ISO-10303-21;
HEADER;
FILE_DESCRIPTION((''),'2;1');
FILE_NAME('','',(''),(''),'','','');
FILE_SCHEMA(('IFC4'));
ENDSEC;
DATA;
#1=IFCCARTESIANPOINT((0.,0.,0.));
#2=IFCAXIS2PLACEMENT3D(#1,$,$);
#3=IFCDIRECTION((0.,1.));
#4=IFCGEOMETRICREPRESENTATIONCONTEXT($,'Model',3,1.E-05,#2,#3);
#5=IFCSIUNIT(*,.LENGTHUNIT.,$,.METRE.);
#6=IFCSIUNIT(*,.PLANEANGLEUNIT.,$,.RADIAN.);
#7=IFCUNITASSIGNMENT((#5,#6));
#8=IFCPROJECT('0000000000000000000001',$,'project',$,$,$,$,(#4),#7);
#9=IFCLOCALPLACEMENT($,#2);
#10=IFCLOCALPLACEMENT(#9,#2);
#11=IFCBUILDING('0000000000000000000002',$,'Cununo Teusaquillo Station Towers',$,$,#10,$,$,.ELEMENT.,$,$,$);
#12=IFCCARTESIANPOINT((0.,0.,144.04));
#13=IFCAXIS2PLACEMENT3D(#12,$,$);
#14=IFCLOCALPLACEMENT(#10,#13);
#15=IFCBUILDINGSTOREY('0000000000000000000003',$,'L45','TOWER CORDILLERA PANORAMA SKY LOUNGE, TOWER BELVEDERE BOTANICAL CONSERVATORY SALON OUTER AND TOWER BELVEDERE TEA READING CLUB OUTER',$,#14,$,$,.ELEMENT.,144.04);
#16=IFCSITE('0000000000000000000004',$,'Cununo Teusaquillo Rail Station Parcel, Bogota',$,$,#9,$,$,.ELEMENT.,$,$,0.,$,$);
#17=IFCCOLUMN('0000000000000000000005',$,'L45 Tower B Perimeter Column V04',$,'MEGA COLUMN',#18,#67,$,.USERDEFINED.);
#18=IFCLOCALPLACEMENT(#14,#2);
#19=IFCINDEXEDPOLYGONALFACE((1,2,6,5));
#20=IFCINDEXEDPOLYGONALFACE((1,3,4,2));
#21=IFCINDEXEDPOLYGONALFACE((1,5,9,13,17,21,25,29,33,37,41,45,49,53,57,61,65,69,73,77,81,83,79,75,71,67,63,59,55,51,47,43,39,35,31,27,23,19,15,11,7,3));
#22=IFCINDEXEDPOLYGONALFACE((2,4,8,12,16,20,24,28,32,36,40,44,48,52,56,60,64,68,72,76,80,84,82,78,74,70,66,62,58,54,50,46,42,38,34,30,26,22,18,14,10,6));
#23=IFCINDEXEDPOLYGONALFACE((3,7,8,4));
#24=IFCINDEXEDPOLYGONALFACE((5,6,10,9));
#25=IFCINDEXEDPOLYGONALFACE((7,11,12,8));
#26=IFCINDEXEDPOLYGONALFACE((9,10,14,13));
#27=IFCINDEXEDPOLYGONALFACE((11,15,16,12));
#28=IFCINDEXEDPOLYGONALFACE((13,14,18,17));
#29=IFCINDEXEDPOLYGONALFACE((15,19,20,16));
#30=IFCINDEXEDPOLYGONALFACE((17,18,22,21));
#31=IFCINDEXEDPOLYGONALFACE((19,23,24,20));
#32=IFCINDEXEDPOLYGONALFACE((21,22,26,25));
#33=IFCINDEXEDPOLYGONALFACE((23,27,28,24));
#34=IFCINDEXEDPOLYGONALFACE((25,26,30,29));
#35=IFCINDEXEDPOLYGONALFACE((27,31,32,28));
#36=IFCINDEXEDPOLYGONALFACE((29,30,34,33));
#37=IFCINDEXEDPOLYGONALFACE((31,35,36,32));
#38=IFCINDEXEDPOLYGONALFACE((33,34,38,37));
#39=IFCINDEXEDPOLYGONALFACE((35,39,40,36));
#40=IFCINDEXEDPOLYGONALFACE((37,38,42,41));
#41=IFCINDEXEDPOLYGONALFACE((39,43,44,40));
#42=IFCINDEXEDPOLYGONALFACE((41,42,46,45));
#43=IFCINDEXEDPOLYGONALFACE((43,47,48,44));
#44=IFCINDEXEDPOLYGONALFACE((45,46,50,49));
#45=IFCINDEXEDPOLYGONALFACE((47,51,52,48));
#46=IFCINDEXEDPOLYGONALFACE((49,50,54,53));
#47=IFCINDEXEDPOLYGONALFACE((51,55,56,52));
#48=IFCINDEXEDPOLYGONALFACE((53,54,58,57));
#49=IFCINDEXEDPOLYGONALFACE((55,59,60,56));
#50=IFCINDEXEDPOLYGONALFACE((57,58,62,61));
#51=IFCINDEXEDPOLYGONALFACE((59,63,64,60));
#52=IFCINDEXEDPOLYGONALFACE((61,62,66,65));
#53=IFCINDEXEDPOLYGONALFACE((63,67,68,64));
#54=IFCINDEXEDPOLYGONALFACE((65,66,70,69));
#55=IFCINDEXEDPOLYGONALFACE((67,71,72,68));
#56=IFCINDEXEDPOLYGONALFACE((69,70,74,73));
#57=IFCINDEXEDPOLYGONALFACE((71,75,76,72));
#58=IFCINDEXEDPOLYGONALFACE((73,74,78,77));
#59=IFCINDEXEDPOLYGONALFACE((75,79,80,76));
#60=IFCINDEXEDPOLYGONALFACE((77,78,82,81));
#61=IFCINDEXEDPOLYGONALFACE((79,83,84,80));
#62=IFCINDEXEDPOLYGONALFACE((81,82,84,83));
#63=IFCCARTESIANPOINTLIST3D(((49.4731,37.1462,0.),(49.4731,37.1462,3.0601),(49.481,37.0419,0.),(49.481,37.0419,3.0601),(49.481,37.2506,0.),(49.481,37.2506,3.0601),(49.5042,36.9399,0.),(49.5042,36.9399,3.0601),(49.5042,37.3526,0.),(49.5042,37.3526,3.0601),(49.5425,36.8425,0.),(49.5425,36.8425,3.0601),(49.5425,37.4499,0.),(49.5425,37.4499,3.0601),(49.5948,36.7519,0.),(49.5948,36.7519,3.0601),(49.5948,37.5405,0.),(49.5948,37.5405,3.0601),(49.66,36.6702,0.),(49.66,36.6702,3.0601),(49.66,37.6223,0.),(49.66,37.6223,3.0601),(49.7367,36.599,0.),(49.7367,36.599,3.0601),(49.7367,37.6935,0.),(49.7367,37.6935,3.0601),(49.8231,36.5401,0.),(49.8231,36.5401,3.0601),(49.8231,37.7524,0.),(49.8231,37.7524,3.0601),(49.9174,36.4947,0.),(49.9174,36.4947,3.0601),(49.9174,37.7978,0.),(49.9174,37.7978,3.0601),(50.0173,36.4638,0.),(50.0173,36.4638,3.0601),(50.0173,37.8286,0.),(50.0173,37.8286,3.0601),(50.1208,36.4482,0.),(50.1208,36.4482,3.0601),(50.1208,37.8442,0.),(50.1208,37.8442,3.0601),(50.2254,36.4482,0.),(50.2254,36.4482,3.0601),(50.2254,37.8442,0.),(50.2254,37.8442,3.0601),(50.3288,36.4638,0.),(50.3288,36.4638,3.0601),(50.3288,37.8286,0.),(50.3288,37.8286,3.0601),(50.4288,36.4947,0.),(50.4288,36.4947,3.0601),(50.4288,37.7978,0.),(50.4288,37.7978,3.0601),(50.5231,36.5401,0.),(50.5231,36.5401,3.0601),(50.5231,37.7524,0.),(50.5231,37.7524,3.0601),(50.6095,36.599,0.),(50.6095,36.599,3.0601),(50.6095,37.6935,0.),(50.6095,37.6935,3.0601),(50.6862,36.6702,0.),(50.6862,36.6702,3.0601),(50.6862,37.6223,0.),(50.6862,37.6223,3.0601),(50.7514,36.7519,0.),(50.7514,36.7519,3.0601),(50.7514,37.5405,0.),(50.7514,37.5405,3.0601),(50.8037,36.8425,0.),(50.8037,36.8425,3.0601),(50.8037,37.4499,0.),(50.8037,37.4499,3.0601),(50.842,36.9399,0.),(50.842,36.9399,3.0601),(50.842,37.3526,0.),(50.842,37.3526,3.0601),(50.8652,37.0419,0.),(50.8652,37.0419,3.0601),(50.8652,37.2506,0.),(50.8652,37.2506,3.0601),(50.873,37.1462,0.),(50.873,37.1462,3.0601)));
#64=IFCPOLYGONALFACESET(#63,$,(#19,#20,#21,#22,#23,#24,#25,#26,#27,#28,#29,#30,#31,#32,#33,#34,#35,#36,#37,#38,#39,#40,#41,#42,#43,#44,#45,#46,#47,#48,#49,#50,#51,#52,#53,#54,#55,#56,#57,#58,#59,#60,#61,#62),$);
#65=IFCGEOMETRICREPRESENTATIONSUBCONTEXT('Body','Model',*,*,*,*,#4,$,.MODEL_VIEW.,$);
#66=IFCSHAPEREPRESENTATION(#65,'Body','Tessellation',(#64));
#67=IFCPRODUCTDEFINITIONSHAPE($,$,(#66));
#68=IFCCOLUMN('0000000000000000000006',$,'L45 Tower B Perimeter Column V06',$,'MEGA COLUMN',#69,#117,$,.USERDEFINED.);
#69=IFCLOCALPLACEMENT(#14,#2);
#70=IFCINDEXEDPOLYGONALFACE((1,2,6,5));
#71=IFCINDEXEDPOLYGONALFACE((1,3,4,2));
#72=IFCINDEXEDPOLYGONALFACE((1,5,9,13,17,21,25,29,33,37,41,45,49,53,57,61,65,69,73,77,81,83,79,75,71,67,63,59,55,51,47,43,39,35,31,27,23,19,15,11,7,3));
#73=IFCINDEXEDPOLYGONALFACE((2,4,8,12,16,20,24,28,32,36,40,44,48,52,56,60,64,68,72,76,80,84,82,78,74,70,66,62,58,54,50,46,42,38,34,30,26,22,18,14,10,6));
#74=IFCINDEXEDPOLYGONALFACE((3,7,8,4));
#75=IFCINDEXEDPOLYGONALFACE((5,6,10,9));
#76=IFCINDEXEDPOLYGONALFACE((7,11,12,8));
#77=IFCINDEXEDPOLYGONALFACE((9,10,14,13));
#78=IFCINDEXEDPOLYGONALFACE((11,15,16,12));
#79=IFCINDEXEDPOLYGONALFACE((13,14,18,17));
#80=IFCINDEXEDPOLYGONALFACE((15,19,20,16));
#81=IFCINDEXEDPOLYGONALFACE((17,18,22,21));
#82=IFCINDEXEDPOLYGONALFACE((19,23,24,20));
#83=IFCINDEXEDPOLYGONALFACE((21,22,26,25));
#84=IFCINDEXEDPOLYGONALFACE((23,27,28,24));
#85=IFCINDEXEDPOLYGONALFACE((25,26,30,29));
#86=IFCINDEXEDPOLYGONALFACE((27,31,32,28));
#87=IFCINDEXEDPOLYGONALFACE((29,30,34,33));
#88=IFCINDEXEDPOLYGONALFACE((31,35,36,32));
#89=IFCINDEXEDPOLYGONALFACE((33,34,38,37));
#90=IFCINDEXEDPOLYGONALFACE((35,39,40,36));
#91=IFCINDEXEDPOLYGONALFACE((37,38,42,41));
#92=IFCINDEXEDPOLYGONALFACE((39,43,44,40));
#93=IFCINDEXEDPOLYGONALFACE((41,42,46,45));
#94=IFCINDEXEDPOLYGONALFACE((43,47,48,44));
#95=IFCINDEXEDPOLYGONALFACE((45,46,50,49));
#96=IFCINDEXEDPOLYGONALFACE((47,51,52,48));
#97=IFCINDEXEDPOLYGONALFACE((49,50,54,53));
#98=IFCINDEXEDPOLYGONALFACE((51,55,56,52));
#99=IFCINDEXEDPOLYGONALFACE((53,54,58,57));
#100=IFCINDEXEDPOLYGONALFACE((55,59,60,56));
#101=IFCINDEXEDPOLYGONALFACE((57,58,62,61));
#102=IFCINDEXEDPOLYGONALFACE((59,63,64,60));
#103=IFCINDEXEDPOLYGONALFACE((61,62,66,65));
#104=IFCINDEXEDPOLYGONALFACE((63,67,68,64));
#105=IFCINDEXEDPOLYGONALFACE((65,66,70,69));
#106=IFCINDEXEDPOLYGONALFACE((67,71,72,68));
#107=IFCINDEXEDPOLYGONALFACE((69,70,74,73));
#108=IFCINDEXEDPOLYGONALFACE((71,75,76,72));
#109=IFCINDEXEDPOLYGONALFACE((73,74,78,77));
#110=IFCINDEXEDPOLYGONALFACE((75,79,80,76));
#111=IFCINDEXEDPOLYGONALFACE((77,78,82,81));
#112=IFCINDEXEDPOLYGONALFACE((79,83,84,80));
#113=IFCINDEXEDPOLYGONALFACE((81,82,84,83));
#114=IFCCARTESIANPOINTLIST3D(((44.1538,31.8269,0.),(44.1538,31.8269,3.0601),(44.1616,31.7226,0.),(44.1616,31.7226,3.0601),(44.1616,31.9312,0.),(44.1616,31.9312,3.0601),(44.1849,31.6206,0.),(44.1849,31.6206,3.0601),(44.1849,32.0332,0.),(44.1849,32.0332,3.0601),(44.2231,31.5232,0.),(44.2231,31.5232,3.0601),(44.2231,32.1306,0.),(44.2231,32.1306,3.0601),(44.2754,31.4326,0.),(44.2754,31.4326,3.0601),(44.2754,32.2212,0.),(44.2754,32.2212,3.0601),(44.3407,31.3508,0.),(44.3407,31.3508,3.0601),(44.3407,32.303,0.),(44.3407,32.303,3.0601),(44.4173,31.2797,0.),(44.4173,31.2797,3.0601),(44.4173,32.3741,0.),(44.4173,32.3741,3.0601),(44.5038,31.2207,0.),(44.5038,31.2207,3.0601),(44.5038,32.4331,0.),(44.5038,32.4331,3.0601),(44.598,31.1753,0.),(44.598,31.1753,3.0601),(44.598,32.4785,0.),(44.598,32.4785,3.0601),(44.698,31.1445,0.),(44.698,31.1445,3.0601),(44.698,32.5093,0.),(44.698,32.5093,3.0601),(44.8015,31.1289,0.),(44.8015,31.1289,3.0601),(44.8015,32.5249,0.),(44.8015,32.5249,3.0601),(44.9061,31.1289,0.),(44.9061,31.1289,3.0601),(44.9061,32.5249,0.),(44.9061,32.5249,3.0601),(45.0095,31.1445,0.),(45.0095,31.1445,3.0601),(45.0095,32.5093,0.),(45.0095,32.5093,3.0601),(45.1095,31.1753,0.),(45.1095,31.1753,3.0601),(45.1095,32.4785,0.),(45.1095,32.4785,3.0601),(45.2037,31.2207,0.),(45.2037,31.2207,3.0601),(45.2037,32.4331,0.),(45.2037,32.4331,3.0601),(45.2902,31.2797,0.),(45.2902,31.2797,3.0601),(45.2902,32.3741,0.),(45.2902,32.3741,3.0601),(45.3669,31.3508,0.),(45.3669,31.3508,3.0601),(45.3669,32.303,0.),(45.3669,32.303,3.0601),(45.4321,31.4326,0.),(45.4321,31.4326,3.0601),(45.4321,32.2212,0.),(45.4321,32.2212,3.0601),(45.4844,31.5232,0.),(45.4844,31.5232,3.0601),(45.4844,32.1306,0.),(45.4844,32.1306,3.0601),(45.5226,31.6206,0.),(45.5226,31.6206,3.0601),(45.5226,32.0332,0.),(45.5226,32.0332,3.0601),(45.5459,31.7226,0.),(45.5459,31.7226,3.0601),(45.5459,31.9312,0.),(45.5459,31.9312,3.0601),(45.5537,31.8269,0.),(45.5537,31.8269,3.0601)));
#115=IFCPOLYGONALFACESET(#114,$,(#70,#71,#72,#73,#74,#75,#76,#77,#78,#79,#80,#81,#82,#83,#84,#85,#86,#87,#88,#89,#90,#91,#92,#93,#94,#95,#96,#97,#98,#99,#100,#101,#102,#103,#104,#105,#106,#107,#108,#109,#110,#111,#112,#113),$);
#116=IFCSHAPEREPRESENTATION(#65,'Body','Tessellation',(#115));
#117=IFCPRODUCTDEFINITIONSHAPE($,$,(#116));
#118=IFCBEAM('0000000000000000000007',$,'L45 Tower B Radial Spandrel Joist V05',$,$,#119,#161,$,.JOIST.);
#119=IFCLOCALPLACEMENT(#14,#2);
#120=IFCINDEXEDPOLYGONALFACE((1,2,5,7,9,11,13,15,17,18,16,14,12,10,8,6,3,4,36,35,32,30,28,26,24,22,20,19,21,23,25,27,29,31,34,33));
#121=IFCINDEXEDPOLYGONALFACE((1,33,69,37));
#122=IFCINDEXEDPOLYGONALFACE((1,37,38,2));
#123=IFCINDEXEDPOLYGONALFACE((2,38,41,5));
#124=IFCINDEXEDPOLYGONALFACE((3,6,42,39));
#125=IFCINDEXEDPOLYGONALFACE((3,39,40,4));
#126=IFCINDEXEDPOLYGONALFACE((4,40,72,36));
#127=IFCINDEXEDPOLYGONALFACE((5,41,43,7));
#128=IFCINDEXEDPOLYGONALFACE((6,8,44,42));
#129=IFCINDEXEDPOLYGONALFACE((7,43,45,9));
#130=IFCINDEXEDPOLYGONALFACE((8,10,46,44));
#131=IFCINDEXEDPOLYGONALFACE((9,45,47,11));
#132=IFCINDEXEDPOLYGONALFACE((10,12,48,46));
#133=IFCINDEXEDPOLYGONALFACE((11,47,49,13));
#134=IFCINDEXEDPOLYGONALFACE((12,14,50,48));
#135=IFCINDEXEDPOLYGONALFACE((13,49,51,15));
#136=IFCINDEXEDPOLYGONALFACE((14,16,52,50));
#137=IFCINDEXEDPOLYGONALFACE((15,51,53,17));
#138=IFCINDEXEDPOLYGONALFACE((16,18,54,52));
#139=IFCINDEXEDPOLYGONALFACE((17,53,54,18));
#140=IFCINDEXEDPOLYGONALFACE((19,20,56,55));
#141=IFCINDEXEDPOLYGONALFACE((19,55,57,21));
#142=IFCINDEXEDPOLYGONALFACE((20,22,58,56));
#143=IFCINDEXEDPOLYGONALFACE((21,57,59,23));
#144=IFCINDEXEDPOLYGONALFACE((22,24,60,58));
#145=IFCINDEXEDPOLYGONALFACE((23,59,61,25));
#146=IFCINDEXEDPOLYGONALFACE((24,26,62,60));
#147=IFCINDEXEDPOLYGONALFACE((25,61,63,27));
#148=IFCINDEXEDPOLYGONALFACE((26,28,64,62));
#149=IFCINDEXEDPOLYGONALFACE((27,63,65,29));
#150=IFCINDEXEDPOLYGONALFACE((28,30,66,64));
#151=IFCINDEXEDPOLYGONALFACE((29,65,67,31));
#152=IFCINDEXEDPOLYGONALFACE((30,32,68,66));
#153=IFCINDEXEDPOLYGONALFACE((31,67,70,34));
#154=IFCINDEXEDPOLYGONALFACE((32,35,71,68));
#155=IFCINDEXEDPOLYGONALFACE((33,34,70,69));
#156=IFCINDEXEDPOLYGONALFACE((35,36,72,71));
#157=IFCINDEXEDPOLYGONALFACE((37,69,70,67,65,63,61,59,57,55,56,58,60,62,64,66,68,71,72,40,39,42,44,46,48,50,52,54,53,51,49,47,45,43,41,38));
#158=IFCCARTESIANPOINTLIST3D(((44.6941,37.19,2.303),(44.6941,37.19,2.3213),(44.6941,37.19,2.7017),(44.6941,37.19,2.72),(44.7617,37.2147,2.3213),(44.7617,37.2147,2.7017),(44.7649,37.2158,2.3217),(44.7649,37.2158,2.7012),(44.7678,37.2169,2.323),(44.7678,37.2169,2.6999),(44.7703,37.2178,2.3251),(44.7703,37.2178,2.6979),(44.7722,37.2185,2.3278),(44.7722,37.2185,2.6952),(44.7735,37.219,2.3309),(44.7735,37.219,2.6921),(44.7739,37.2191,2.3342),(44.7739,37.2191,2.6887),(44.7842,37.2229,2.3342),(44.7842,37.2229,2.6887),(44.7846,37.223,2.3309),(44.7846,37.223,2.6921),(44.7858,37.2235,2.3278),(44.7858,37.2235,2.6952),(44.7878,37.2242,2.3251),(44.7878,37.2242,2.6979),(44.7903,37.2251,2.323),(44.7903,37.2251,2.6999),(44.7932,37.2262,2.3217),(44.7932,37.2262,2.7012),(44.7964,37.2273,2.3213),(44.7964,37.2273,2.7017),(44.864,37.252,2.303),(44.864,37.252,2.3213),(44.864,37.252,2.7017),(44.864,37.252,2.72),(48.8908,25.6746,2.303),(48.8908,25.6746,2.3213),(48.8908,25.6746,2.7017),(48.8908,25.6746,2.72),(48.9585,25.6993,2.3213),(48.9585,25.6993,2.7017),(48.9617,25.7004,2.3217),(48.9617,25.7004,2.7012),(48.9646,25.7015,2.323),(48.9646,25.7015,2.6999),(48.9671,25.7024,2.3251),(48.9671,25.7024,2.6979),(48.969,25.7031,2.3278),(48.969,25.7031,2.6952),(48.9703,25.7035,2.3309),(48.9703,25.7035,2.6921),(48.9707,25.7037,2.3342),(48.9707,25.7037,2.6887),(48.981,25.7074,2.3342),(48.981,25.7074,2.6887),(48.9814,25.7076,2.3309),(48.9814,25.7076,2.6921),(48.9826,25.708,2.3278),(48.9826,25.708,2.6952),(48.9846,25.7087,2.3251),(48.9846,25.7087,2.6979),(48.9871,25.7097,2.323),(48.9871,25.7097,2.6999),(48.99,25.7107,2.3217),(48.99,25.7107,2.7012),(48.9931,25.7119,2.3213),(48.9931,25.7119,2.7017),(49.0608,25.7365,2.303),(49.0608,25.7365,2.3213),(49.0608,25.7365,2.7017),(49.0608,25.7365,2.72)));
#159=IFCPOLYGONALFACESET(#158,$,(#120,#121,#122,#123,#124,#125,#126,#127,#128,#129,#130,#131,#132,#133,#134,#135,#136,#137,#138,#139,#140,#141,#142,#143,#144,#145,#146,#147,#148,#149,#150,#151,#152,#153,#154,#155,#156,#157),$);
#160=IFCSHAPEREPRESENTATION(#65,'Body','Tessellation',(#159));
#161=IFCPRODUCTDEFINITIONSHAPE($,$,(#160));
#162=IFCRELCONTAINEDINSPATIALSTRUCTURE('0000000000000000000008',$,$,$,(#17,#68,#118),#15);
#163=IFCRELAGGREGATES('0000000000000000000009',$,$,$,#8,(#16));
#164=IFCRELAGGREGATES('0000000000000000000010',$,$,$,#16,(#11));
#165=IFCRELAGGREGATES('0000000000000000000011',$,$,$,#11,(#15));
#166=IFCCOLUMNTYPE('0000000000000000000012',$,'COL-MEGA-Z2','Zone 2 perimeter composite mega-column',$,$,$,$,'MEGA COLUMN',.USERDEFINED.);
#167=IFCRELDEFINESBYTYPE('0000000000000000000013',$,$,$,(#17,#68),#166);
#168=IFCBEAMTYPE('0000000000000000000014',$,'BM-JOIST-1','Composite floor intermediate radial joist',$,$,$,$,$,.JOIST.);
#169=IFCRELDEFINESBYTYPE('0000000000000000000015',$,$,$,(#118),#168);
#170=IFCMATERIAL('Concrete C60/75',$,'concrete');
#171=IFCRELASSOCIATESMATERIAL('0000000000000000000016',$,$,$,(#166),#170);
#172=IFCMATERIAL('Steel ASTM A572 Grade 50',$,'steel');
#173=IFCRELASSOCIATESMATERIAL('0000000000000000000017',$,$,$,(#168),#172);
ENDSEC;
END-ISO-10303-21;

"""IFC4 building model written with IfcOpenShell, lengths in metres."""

from ifc_helpers import new_model, si_unit, direction, frame, origin, origin_2d, place, context, subcontext, project, spatial, circle, i_section, extrude, material, material_profile, profile_set, type_object, element, save


model = new_model("IFC4")

# Units and contexts
model_context = context("Model", 3, precision=1e-05, world=origin(), true_north=direction((0.0, 1.0)))
body_context = subcontext(model_context, "Body", "Model", "MODEL_VIEW")
ifc_project = project(units=[si_unit("LENGTHUNIT", "METRE"), si_unit("PLANEANGLEUNIT", "RADIAN")], contexts=[model_context])

# Site, building, storey
site_placement = place(None, origin())
site = spatial("IfcSite", under=ifc_project, at=site_placement, Name="Cununo Teusaquillo Rail Station Parcel, Bogota", CompositionType="ELEMENT", RefElevation=0.0)
building_placement = place(site_placement, origin())
building = spatial("IfcBuilding", under=site, at=building_placement, Name="Cununo Teusaquillo Station Towers", CompositionType="ELEMENT")
storey_placement = place(building_placement, frame((0.0, 0.0, 144.04)))
storey = spatial("IfcBuildingStorey", under=building, at=storey_placement, Name="L45", Description="TOWER CORDILLERA PANORAMA SKY LOUNGE, TOWER BELVEDERE BOTANICAL CONSERVATORY SALON OUTER AND TOWER BELVEDERE TEA READING CLUB OUTER", CompositionType="ELEMENT", Elevation=144.04)

# Columns
ifc_material_1 = material(Name="Concrete C60/75", Category="concrete")
ifc_material_profile_1 = material_profile(ifc_material_1, circle(Radius=0.7, at=origin_2d()), Name="RC-CIRC-1400")
ifc_profile_set_1 = profile_set([ifc_material_profile_1], Name="Concrete C60/75")
column_type = type_object("IfcColumnType", Name="COL-MEGA-Z2", Description="Zone 2 perimeter composite mega-column", ElementType="MEGA COLUMN", PredefinedType="USERDEFINED", material=ifc_profile_set_1)
for number, where, z_axis, x_axis, name in (
    (1, (50.1731, 37.1462, 0.0), (0.0, 0.0, 1.0), (1.0, 0.0, 0.0), "L45 Tower B Perimeter Column V04"),
    (2, (44.8538, 31.8269, 0.0), (0.0, 0.0, 1.0), (1.0, 0.0, 0.0), "L45 Tower B Perimeter Column V06"),
):
    element("IfcColumn", number, at=place(storey_placement, frame(where, z_axis=z_axis, x_axis=x_axis)), inside=storey, type_object=column_type, Name=name, ObjectType="MEGA COLUMN", PredefinedType="USERDEFINED", context=body_context, shape_type="SweptSolid", body=[
        extrude(circle(Radius=0.7, at=origin_2d()), origin(), (0.0, 0.0, 1.0), 3.0601),
    ])

# Beam
ifc_material_2 = material(Name="Steel ASTM A572 Grade 50", Category="steel")
ifc_material_profile_2 = material_profile(ifc_material_2, i_section(OverallWidth=0.1809, OverallDepth=0.417, WebThickness=0.011, FlangeThickness=0.0183, FilletRadius=0.0129, at=origin_2d()), Name="W16X57")
ifc_profile_set_2 = profile_set([ifc_material_profile_2], Name="Steel ASTM A572 Grade 50")
beam_type_1 = type_object("IfcBeamType", Name="BM-JOIST-1", Description="Composite floor intermediate radial joist", PredefinedType="JOIST", material=ifc_profile_set_2)
beam_1_placement = place(storey_placement, frame((48.9758, 25.7056, 2.5115), z_axis=(-0.342418, 0.939548, 0.0), x_axis=(-0.939548, -0.342418, 0.0)))
element("IfcBeam", 3, at=beam_1_placement, inside=storey, type_object=beam_type_1, Name="L45 Tower B Radial Spandrel Joist V05", PredefinedType="JOIST", context=body_context, shape_type="SweptSolid", body=[
    extrude(i_section(OverallWidth=0.1809, OverallDepth=0.417, WebThickness=0.011, FlangeThickness=0.0183, FilletRadius=0.0129, at=origin_2d()), origin(), (0.0, 0.0, 1.0), 12.2563),
])

save(model, "model.ifc")
